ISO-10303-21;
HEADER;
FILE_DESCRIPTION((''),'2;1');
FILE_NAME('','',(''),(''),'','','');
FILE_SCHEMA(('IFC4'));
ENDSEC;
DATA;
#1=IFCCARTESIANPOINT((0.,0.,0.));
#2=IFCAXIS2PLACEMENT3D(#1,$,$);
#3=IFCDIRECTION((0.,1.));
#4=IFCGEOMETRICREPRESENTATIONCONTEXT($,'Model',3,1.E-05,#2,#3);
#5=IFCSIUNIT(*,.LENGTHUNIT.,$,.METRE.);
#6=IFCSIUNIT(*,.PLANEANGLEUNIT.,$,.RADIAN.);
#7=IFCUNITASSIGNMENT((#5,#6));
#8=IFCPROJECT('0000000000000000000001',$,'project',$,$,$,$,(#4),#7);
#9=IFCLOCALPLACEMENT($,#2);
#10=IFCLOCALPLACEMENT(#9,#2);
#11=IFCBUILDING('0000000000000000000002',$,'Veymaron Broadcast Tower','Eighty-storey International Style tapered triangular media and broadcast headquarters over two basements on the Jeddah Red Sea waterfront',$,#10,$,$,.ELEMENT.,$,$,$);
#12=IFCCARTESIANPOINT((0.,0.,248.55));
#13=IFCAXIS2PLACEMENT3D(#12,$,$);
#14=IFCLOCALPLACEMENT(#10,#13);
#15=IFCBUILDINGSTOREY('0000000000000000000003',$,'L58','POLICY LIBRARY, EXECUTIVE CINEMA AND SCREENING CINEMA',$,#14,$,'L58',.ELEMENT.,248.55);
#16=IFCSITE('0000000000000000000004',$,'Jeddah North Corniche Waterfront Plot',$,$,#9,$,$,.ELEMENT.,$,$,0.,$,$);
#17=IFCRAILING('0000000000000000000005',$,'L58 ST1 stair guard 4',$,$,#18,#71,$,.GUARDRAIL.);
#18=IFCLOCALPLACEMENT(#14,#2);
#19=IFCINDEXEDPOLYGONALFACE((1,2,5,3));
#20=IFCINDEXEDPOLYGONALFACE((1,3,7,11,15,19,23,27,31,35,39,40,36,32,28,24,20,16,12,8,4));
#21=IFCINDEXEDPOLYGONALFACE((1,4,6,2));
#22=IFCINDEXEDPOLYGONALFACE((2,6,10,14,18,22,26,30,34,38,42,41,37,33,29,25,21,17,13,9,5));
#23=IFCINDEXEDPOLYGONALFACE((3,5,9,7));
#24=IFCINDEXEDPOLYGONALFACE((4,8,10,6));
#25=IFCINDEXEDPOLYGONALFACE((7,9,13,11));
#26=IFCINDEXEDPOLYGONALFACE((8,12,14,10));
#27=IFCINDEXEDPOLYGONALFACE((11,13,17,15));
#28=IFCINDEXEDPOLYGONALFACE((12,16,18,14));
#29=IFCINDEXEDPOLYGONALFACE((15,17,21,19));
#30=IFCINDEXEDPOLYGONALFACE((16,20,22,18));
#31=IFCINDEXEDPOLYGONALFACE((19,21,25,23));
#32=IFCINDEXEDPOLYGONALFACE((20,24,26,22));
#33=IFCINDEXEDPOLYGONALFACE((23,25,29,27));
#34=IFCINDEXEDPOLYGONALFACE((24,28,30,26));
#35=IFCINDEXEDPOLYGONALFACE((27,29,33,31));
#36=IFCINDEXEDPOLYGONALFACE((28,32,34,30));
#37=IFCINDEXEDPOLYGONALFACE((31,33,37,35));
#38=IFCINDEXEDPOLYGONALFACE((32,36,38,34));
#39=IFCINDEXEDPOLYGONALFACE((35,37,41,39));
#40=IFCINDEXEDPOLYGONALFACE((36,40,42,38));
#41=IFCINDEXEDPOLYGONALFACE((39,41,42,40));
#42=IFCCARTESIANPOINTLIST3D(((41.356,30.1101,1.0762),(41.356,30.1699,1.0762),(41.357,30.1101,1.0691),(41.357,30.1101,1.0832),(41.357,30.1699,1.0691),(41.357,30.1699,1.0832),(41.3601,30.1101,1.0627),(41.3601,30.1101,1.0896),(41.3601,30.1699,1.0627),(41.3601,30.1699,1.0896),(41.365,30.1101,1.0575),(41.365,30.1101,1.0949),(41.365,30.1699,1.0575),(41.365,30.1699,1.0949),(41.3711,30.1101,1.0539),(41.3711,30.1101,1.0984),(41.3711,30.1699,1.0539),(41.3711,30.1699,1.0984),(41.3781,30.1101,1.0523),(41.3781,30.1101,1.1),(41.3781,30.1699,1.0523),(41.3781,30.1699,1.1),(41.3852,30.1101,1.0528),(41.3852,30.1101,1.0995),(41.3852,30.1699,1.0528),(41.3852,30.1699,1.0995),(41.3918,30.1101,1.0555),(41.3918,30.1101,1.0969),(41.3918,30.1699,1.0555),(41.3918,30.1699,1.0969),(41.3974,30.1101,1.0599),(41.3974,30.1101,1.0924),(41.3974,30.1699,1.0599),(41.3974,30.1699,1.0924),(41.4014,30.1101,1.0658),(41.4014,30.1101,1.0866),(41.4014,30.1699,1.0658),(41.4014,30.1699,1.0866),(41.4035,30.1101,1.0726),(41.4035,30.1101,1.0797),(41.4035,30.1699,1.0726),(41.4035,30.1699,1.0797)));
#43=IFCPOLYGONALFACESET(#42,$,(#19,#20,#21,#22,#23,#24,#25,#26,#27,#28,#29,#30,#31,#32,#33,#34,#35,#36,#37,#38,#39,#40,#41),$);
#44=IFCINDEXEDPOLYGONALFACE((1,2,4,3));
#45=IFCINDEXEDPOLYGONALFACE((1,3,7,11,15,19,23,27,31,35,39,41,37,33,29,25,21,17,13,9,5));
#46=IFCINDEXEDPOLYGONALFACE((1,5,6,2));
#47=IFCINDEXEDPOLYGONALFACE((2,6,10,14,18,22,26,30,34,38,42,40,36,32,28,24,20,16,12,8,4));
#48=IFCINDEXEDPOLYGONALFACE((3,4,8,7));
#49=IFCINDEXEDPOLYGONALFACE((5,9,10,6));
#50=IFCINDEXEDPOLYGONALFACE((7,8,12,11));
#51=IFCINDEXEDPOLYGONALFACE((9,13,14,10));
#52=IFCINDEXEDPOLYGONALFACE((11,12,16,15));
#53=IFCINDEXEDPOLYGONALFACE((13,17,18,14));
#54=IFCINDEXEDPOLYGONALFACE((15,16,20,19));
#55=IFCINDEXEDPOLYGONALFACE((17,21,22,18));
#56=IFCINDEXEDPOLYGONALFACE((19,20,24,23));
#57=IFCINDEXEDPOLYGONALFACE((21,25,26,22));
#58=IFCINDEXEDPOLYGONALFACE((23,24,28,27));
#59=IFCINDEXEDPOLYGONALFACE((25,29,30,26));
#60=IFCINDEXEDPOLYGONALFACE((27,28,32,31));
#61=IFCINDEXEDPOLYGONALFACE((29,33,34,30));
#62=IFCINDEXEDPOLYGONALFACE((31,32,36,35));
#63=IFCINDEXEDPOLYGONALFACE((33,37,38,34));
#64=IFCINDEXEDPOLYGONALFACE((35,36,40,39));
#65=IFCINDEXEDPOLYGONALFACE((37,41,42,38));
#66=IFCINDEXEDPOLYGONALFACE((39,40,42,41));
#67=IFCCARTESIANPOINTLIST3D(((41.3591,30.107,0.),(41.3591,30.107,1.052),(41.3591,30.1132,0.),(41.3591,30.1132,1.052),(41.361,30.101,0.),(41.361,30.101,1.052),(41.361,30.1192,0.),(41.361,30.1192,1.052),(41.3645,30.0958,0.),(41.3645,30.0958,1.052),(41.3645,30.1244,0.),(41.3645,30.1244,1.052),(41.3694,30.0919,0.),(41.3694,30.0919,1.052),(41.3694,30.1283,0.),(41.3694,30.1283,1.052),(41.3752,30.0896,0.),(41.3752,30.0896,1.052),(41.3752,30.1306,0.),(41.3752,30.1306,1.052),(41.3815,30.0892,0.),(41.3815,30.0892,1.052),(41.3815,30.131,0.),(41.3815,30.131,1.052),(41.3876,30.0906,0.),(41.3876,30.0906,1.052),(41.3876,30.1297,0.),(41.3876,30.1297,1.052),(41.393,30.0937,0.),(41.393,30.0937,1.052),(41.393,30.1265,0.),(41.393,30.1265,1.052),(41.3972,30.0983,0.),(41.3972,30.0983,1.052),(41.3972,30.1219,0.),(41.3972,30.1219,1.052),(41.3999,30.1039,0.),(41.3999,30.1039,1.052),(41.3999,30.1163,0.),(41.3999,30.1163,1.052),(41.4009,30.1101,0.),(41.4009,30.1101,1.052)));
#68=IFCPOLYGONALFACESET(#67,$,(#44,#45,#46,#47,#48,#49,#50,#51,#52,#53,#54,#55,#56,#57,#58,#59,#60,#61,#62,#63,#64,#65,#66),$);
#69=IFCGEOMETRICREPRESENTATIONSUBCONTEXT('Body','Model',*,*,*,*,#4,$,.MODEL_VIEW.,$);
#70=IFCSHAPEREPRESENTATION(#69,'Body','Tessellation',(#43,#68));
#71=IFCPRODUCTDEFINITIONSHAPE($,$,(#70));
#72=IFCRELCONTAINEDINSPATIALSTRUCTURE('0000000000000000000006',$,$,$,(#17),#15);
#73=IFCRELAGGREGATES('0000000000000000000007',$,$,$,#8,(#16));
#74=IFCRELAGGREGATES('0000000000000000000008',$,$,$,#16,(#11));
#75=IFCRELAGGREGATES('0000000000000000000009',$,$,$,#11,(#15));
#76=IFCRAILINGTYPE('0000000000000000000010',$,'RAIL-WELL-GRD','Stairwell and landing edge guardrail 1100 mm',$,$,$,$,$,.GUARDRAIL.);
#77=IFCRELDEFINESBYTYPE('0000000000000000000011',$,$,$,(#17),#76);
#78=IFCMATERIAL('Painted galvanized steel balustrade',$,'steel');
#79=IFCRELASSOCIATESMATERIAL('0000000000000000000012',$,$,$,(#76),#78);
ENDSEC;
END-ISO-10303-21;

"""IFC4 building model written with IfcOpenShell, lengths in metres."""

from ifc_helpers import new_model, si_unit, direction, frame, origin, origin_2d, place, context, subcontext, project, spatial, circle, extrude, material, type_object, element, save


model = new_model("IFC4")

# Units and contexts
model_context = context("Model", 3, precision=1e-05, world=origin(), true_north=direction((0.0, 1.0)))
body_context = subcontext(model_context, "Body", "Model", "MODEL_VIEW")
ifc_project = project(units=[si_unit("LENGTHUNIT", "METRE"), si_unit("PLANEANGLEUNIT", "RADIAN")], contexts=[model_context])

# Site, building, storey
site_placement = place(None, origin())
site = spatial("IfcSite", under=ifc_project, at=site_placement, Name="Jeddah North Corniche Waterfront Plot", CompositionType="ELEMENT", RefElevation=0.0)
building_placement = place(site_placement, origin())
building = spatial("IfcBuilding", under=site, at=building_placement, Name="Veymaron Broadcast Tower", Description="Eighty-storey International Style tapered triangular media and broadcast headquarters over two basements on the Jeddah Red Sea waterfront", CompositionType="ELEMENT")
storey_placement = place(building_placement, frame((0.0, 0.0, 248.55)))
storey = spatial("IfcBuildingStorey", under=building, at=storey_placement, Name="L58", Description="POLICY LIBRARY, EXECUTIVE CINEMA AND SCREENING CINEMA", LongName="L58", CompositionType="ELEMENT", Elevation=248.55)

# Railing
ifc_material_1 = material(Name="Painted galvanized steel balustrade", Category="steel")
railing_type_1 = type_object("IfcRailingType", Name="RAIL-WELL-GRD", Description="Stairwell and landing edge guardrail 1100 mm", PredefinedType="GUARDRAIL", material=ifc_material_1)
railing_1_placement = place(storey_placement, frame((41.3799, 30.1101, 0.0)))
element("IfcRailing", 1, at=railing_1_placement, inside=storey, type_object=railing_type_1, Name="L58 ST1 stair guard 4", PredefinedType="GUARDRAIL", context=body_context, shape_type="SweptSolid", body=[
    extrude(circle(Radius=0.0239, at=origin_2d()), frame((0.0, 0.0, 1.0762), z_axis=(0.0, 1.0, 0.0), x_axis=(-1.0, 0.0, 0.0)), (0.0, 0.0, 1.0), 0.0598),
    extrude(circle(Radius=0.021, at=origin_2d()), origin(), (0.0, 0.0, 1.0), 1.052),
])

save(model, "model.ifc")
